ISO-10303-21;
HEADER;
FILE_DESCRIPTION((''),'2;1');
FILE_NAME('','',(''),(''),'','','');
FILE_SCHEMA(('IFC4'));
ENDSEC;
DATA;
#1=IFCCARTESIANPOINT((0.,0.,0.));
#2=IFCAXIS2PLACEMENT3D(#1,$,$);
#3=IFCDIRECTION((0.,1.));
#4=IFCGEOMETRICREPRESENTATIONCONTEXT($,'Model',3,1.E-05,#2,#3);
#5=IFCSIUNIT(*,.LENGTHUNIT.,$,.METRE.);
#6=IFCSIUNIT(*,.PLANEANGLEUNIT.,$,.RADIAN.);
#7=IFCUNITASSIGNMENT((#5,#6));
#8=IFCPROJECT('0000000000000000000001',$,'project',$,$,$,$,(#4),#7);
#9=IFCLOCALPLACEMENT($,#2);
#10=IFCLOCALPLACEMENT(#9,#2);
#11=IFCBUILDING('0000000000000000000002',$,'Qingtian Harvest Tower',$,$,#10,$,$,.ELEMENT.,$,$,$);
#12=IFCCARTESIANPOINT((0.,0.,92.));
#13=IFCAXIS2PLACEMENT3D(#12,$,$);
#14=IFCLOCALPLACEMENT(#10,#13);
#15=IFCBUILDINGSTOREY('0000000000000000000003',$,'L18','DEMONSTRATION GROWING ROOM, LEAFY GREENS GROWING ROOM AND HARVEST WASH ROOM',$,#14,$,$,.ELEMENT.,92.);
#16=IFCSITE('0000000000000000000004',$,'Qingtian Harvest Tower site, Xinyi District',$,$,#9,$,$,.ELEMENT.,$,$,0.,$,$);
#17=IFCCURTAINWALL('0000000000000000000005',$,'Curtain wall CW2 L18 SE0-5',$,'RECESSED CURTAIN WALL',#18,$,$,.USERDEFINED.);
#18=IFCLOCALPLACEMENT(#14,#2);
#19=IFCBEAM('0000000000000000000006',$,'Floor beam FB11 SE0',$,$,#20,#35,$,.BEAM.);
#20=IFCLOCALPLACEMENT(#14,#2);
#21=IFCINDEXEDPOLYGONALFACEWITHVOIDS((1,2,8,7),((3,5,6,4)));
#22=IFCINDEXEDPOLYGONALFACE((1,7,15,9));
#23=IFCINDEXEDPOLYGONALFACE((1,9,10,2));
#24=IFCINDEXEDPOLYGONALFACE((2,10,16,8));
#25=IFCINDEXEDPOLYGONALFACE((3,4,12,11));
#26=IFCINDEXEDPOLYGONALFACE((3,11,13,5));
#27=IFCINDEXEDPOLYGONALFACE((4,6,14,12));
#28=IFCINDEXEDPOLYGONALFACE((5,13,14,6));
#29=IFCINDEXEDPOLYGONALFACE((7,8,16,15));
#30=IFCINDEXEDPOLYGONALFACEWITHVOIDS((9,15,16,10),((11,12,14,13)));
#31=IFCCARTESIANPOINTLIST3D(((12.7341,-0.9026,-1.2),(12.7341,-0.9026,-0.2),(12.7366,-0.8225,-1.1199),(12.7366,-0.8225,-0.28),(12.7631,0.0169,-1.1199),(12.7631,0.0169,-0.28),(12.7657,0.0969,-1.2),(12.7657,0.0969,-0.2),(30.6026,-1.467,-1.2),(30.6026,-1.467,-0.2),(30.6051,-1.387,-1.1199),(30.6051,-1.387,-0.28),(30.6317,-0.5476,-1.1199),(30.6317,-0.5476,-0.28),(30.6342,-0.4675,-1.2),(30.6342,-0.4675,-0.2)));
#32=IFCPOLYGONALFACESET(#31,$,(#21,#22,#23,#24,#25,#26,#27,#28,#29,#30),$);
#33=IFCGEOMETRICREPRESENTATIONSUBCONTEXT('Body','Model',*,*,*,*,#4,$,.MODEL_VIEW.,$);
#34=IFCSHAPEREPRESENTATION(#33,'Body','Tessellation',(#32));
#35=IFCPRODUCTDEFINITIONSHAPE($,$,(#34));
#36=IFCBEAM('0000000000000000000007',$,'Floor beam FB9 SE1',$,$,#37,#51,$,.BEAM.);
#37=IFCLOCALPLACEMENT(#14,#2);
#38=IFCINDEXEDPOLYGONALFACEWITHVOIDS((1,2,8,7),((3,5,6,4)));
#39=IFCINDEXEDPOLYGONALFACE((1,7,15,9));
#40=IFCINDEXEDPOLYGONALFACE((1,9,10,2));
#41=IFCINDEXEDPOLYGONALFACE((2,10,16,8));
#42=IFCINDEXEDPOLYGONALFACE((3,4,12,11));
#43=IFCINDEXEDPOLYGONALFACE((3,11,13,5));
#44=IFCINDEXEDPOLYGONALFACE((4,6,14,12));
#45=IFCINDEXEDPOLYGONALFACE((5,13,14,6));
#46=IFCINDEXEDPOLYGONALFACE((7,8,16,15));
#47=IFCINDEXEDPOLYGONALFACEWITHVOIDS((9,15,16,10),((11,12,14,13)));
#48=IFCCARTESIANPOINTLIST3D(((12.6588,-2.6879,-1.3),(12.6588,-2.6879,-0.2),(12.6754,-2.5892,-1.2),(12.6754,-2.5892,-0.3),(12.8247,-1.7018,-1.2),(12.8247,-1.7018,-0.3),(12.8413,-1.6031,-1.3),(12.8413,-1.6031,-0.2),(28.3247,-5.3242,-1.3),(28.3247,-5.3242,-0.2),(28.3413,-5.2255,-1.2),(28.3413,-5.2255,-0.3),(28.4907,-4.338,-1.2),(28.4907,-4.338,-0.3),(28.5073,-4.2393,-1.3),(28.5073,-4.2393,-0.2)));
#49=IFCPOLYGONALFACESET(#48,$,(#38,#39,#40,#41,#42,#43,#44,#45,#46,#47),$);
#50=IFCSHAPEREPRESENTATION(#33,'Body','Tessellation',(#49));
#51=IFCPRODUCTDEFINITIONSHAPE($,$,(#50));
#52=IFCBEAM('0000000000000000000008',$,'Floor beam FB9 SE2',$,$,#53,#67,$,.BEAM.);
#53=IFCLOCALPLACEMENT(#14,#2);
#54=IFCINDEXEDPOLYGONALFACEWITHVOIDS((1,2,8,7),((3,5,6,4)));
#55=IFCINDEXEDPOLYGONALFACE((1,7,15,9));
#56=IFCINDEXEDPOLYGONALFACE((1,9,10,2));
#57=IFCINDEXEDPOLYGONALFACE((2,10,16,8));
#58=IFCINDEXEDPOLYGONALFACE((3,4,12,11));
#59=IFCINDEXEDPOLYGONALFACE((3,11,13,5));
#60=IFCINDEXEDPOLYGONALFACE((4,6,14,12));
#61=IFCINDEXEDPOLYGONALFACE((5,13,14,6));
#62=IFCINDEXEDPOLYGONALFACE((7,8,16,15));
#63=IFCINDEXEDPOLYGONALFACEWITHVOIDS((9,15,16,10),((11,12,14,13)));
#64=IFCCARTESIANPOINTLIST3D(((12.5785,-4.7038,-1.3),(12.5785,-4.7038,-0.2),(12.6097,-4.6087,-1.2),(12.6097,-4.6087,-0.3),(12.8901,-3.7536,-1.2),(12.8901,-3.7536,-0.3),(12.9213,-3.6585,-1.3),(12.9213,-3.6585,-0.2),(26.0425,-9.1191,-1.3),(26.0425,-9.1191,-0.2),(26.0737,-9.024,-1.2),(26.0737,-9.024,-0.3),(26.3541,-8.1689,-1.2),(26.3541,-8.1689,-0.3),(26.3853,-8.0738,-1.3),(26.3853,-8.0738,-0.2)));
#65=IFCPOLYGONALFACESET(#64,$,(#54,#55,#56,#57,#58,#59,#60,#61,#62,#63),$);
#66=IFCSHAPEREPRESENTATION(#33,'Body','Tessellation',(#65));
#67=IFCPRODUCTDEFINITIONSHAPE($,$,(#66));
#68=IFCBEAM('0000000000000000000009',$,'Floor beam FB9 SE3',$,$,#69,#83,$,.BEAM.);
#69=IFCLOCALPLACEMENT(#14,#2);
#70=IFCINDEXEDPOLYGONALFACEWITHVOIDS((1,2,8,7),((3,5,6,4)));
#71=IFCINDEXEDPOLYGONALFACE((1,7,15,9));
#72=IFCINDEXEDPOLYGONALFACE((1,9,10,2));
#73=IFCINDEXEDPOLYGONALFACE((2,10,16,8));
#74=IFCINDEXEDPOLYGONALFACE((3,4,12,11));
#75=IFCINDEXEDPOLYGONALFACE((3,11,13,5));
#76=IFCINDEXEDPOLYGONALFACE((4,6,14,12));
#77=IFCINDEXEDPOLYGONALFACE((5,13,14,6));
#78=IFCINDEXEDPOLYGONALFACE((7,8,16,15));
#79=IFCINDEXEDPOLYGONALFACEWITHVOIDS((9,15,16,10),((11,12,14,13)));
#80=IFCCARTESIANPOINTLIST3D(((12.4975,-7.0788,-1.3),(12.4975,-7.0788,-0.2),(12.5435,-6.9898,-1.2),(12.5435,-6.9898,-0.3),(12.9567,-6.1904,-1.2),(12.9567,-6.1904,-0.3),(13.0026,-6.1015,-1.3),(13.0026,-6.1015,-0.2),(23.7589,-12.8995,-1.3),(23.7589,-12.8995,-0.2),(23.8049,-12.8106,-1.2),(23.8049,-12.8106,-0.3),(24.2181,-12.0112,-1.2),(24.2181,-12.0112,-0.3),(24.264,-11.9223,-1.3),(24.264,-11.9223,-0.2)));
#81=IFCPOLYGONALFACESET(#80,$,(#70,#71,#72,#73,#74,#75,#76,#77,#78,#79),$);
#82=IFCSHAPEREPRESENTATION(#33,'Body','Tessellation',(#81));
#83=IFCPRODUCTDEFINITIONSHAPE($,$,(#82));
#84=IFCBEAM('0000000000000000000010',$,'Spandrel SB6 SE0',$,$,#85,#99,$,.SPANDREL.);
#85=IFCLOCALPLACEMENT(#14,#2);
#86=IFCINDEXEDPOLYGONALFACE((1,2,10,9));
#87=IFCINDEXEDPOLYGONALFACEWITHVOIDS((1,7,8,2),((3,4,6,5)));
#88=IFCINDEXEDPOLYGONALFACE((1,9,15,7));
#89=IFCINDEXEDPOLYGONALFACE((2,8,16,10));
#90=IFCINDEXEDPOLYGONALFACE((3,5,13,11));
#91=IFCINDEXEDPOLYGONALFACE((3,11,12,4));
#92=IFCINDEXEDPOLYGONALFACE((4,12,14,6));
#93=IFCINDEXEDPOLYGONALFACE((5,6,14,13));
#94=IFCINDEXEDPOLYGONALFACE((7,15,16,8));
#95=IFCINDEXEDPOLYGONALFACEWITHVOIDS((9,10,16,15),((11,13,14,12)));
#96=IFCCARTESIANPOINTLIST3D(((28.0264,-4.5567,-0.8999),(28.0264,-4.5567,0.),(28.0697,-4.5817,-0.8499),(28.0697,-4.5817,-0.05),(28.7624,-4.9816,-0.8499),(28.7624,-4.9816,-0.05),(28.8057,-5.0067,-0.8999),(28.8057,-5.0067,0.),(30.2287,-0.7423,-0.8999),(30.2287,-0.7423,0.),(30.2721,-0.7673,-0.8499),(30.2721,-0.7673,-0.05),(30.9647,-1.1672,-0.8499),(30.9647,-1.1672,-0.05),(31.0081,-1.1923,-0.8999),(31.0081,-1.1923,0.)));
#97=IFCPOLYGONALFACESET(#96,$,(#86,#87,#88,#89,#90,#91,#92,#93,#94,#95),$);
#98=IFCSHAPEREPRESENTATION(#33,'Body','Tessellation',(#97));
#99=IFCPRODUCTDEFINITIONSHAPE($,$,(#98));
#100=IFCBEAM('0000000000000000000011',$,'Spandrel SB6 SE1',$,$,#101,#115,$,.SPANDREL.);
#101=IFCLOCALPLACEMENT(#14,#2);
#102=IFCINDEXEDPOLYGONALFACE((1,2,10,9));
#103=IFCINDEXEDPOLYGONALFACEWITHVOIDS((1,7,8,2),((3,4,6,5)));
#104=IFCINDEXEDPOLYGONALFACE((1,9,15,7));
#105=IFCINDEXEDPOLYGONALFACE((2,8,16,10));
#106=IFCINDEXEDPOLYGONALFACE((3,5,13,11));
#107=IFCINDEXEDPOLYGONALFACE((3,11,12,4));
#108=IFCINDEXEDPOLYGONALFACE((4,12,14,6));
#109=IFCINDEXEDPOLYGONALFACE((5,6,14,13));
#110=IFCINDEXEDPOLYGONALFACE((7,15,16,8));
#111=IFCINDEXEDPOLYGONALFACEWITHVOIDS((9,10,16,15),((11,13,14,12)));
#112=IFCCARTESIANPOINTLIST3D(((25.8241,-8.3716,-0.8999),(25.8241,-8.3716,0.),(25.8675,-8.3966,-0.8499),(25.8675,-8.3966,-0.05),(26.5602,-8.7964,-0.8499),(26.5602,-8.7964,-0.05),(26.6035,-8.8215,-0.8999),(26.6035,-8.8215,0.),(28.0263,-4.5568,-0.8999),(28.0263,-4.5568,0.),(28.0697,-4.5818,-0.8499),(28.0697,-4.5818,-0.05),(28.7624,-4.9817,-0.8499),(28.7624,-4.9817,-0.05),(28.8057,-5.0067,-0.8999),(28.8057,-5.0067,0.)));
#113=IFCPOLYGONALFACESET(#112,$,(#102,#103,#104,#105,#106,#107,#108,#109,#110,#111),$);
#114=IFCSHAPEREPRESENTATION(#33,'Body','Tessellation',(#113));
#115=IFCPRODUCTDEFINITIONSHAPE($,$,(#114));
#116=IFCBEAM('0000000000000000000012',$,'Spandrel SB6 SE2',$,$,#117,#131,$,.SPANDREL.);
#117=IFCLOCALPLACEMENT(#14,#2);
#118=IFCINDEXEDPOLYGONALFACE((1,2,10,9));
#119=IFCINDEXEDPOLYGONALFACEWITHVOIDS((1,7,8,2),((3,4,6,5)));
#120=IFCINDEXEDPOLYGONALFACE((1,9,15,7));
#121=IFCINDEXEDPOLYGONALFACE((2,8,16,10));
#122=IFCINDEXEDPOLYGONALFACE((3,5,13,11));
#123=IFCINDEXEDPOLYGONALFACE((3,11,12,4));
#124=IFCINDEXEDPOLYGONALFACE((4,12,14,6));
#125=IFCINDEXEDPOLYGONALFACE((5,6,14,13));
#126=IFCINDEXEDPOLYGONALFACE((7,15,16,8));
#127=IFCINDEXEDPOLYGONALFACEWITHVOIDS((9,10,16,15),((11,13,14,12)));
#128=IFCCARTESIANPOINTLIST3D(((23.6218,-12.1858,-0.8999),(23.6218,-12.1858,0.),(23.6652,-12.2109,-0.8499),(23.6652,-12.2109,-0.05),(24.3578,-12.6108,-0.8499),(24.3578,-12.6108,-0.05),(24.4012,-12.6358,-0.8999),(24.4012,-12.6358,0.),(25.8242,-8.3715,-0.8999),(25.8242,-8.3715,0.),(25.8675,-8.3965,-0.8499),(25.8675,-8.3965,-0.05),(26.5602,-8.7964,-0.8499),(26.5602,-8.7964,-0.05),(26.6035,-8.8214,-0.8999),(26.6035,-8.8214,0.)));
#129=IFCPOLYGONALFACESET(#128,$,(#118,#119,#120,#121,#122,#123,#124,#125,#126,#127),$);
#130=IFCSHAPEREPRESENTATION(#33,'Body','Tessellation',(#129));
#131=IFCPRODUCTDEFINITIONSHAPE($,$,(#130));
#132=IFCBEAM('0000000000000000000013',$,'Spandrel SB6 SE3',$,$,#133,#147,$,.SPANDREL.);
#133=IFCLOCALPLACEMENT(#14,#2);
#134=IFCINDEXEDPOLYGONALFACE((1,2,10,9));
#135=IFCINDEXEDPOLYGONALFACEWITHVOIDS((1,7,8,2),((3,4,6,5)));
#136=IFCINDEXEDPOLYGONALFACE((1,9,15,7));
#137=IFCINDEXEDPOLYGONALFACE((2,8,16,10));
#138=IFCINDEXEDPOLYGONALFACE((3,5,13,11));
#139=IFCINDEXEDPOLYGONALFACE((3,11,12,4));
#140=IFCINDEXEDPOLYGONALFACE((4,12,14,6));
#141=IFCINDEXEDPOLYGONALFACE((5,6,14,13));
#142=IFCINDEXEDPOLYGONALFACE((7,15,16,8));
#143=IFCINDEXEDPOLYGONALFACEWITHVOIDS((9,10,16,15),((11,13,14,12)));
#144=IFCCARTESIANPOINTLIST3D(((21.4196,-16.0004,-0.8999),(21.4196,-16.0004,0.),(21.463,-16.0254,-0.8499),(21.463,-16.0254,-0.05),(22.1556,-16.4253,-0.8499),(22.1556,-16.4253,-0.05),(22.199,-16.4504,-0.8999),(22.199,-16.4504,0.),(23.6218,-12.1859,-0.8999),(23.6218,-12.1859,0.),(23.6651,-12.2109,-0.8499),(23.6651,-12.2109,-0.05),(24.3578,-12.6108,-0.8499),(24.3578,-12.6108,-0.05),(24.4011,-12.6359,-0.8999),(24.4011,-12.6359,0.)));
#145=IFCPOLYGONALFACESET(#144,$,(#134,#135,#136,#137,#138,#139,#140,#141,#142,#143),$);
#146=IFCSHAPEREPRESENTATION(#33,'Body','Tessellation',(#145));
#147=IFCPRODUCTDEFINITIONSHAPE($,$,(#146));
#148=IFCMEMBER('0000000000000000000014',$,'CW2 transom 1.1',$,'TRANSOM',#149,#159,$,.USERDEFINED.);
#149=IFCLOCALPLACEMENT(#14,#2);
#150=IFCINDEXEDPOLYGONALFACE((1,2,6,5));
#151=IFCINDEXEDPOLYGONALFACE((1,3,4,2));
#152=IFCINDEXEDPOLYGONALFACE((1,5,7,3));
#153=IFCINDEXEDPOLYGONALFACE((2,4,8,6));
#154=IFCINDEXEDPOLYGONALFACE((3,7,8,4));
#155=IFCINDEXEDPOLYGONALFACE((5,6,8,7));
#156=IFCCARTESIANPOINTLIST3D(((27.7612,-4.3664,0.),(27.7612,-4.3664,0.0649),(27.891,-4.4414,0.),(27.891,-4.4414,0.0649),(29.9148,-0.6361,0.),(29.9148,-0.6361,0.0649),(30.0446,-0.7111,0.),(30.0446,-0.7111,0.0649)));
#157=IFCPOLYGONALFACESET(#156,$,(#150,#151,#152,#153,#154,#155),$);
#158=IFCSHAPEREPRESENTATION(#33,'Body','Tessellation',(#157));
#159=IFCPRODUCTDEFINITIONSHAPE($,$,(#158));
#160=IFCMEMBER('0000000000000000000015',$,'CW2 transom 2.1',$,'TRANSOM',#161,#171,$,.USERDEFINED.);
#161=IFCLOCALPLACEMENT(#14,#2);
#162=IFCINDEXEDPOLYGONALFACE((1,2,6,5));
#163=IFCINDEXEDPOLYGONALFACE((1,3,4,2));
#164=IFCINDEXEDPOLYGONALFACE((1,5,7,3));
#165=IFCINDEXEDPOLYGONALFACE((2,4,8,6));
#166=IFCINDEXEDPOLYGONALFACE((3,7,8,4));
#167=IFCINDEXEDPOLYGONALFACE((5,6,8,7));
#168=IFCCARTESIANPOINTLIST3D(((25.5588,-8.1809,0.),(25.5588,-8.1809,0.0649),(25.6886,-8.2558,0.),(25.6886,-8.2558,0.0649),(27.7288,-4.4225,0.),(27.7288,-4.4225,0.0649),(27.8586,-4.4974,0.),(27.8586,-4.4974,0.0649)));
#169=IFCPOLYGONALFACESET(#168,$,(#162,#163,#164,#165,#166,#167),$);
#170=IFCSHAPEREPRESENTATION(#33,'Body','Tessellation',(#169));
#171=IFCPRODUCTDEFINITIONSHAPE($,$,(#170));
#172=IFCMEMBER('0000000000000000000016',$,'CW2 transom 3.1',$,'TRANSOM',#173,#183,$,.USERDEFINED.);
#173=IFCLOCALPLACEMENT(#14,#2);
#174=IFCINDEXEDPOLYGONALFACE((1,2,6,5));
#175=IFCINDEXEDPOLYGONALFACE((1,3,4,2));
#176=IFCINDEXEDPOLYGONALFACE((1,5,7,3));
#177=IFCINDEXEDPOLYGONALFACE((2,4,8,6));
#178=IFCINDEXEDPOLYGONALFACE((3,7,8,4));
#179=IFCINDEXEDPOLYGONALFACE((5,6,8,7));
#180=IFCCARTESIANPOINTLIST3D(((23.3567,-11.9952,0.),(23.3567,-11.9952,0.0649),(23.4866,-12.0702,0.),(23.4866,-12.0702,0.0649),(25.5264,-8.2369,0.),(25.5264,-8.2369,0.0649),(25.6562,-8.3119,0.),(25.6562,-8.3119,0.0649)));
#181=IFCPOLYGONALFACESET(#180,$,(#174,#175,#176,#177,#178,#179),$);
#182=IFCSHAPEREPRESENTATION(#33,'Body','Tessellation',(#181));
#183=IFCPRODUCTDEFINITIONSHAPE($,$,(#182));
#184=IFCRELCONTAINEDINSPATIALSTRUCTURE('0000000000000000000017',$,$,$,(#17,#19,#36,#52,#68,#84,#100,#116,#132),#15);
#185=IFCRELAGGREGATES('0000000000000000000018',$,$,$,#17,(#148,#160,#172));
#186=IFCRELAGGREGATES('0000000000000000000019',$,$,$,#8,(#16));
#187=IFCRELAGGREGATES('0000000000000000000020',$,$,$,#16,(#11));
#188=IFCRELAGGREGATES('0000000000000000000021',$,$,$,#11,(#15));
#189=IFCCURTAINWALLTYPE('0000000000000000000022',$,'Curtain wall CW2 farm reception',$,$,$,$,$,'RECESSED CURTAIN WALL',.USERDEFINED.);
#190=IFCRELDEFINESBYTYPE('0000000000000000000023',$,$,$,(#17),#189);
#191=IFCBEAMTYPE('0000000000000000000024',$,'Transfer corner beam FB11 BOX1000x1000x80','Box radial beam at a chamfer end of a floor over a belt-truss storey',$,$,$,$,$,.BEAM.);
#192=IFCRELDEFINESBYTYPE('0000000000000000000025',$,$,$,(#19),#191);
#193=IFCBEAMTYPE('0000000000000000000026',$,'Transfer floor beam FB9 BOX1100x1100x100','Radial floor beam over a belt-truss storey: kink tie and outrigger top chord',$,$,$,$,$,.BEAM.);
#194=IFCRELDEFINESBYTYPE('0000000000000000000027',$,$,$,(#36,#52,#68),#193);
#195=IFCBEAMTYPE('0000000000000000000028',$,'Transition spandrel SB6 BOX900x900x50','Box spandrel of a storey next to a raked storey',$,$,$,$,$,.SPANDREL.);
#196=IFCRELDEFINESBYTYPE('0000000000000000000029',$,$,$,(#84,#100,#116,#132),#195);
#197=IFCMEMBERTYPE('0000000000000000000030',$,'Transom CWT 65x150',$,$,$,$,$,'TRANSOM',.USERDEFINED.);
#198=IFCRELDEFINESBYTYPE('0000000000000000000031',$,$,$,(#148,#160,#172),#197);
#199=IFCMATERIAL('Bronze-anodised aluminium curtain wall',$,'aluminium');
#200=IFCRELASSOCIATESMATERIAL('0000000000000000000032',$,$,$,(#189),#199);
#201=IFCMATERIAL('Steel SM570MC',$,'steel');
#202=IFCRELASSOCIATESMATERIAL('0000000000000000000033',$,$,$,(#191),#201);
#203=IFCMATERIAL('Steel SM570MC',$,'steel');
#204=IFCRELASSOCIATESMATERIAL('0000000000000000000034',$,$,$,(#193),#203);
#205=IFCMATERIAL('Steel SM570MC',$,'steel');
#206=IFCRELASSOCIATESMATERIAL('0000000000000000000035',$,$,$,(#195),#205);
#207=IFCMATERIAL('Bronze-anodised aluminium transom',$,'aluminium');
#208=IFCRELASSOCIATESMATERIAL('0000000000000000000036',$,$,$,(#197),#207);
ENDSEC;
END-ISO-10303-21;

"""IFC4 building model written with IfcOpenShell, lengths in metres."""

from ifc_helpers import new_model, si_unit, direction, frame, origin, origin_2d, place, context, subcontext, project, spatial, rectangle, hollow_rectangle, extrude, material, material_profile, profile_set, type_object, element, aggregate, save


model = new_model("IFC4")

# Units and contexts
model_context = context("Model", 3, precision=1e-05, world=origin(), true_north=direction((0.0, 1.0)))
body_context = subcontext(model_context, "Body", "Model", "MODEL_VIEW")
ifc_project = project(units=[si_unit("LENGTHUNIT", "METRE"), si_unit("PLANEANGLEUNIT", "RADIAN")], contexts=[model_context])

# Site, building, storey
site_placement = place(None, origin())
site = spatial("IfcSite", under=ifc_project, at=site_placement, Name="Qingtian Harvest Tower site, Xinyi District", CompositionType="ELEMENT", RefElevation=0.0)
building_placement = place(site_placement, origin())
building = spatial("IfcBuilding", under=site, at=building_placement, Name="Qingtian Harvest Tower", CompositionType="ELEMENT")
storey_placement = place(building_placement, frame((0.0, 0.0, 92.0)))
storey = spatial("IfcBuildingStorey", under=building, at=storey_placement, Name="L18", Description="DEMONSTRATION GROWING ROOM, LEAFY GREENS GROWING ROOM AND HARVEST WASH ROOM", CompositionType="ELEMENT", Elevation=92.0)

# Shared definitions
ifc_material_1 = material(Name="Bronze-anodised aluminium curtain wall", Category="aluminium")
curtain_wall_type = type_object("IfcCurtainWallType", Name="Curtain wall CW2 farm reception", ElementType="RECESSED CURTAIN WALL", PredefinedType="USERDEFINED", material=ifc_material_1)

# Curtain wall
curtain_wall_1_placement = place(storey_placement, origin())
curtain_wall_1 = element("IfcCurtainWall", 1, at=curtain_wall_1_placement, inside=storey, type_object=curtain_wall_type, Name="Curtain wall CW2 L18 SE0-5", ObjectType="RECESSED CURTAIN WALL", PredefinedType="USERDEFINED")

# Beams
ifc_material_2 = material(Name="Steel SM570MC", Category="steel")
ifc_material_profile_1 = material_profile(ifc_material_2, hollow_rectangle(XDim=1.0, YDim=1.0, WallThickness=0.0801, at=origin_2d()), Name="BOX1000x1000x80")
ifc_profile_set_1 = profile_set([ifc_material_profile_1], Name="Steel SM570MC")
beam_type_1 = type_object("IfcBeamType", Name="Transfer corner beam FB11 BOX1000x1000x80", Description="Box radial beam at a chamfer end of a floor over a belt-truss storey", PredefinedType="BEAM", material=ifc_profile_set_1)
beam_1_placement = place(storey_placement, frame((30.6184, -0.9673, -0.7), z_axis=(-0.999501, 0.031574, 0.0), x_axis=(-0.031574, -0.999501, 0.0)))
element("IfcBeam", 2, at=beam_1_placement, inside=storey, type_object=beam_type_1, Name="Floor beam FB11 SE0", PredefinedType="BEAM", context=body_context, shape_type="SweptSolid", body=[
    extrude(hollow_rectangle(XDim=1.0, YDim=1.0, WallThickness=0.0801, at=origin_2d()), origin(), (0.0, 0.0, 1.0), 17.8774),
])
ifc_material_3 = material(Name="Steel SM570MC", Category="steel")
ifc_material_profile_2 = material_profile(ifc_material_3, hollow_rectangle(XDim=1.1001, YDim=1.1001, WallThickness=0.1001, at=origin_2d()), Name="BOX1100x1100x100")
ifc_profile_set_2 = profile_set([ifc_material_profile_2], Name="Steel SM570MC")
beam_type_2 = type_object("IfcBeamType", Name="Transfer floor beam FB9 BOX1100x1100x100", Description="Radial floor beam over a belt-truss storey: kink tie and outrigger top chord", PredefinedType="BEAM", material=ifc_profile_set_2)
beam_2_placement = place(storey_placement, frame((28.416, -4.7817, -0.75), z_axis=(-0.986135, 0.165944, 0.0), x_axis=(-0.165944, -0.986135, 0.0)))
element("IfcBeam", 3, at=beam_2_placement, inside=storey, type_object=beam_type_2, Name="Floor beam FB9 SE1", PredefinedType="BEAM", context=body_context, shape_type="SweptSolid", body=[
    extrude(hollow_rectangle(XDim=1.1001, YDim=1.1001, WallThickness=0.1001, at=origin_2d()), origin(), (0.0, 0.0, 1.0), 15.8862),
])
beam_3_placement = place(storey_placement, frame((26.2139, -8.5964, -0.75), z_axis=(-0.950211, 0.311608, 0.0), x_axis=(-0.311608, -0.950211, 0.0)))
element("IfcBeam", 4, at=beam_3_placement, inside=storey, type_object=beam_type_2, Name="Floor beam FB9 SE2", PredefinedType="BEAM", context=body_context, shape_type="SweptSolid", body=[
    extrude(hollow_rectangle(XDim=1.1001, YDim=1.1001, WallThickness=0.1001, at=origin_2d()), origin(), (0.0, 0.0, 1.0), 14.1694),
])
beam_4_placement = place(storey_placement, frame((24.0115, -12.4109, -0.75), z_axis=(-0.88835, 0.459168, 0.0), x_axis=(-0.459168, -0.88835, 0.0)))
element("IfcBeam", 5, at=beam_4_placement, inside=storey, type_object=beam_type_2, Name="Floor beam FB9 SE3", PredefinedType="BEAM", context=body_context, shape_type="SweptSolid", body=[
    extrude(hollow_rectangle(XDim=1.1001, YDim=1.1001, WallThickness=0.1001, at=origin_2d()), origin(), (0.0, 0.0, 1.0), 12.6768),
])
ifc_material_4 = material(Name="Steel SM570MC", Category="steel")
ifc_material_profile_3 = material_profile(ifc_material_4, hollow_rectangle(XDim=0.8999, YDim=0.8999, WallThickness=0.05, at=origin_2d()), Name="BOX900x900x50")
ifc_profile_set_3 = profile_set([ifc_material_profile_3], Name="Steel SM570MC")
beam_type_3 = type_object("IfcBeamType", Name="Transition spandrel SB6 BOX900x900x50", Description="Box spandrel of a storey next to a raked storey", PredefinedType="SPANDREL", material=ifc_profile_set_3)
beam_5_placement = place(storey_placement, frame((30.6184, -0.9673, -0.45), z_axis=(-0.50002, -0.866014, 0.0), x_axis=(0.866014, -0.50002, 0.0)))
element("IfcBeam", 6, at=beam_5_placement, inside=storey, type_object=beam_type_3, Name="Spandrel SB6 SE0", PredefinedType="SPANDREL", context=body_context, shape_type="SweptSolid", body=[
    extrude(hollow_rectangle(XDim=0.8999, YDim=0.8999, WallThickness=0.05, at=origin_2d()), origin(), (0.0, 0.0, 1.0), 4.4045),
])
beam_6_placement = place(storey_placement, frame((28.416, -4.7817, -0.45), z_axis=(-0.499954, -0.866052, 0.0), x_axis=(0.866052, -0.499954, 0.0)))
element("IfcBeam", 7, at=beam_6_placement, inside=storey, type_object=beam_type_3, Name="Spandrel SB6 SE1", PredefinedType="SPANDREL", context=body_context, shape_type="SweptSolid", body=[
    extrude(hollow_rectangle(XDim=0.8999, YDim=0.8999, WallThickness=0.05, at=origin_2d()), origin(), (0.0, 0.0, 1.0), 4.4048),
])
for number, where, z_axis, x_axis, name in (
    (8, (26.2139, -8.5964, -0.45), (-0.50002, -0.866014, 0.0), (0.866014, -0.50002, 0.0), "Spandrel SB6 SE2"),
    (9, (24.0115, -12.4109, -0.45), (-0.499978, -0.866038, 0.0), (0.866038, -0.499978, 0.0), "Spandrel SB6 SE3"),
):
    element("IfcBeam", number, at=place(storey_placement, frame(where, z_axis=z_axis, x_axis=x_axis)), inside=storey, type_object=beam_type_3, Name=name, PredefinedType="SPANDREL", context=body_context, shape_type="SweptSolid", body=[
        extrude(hollow_rectangle(XDim=0.8999, YDim=0.8999, WallThickness=0.05, at=origin_2d()), origin(), (0.0, 0.0, 1.0), 4.4045),
    ])

# Members
ifc_material_5 = material(Name="Bronze-anodised aluminium transom", Category="aluminium")
ifc_material_profile_4 = material_profile(ifc_material_5, rectangle(XDim=0.1499, YDim=0.0649, at=origin_2d()), Name="AL 65x150")
ifc_profile_set_4 = profile_set([ifc_material_profile_4], Name="Bronze-anodised aluminium transom")
member_type_1 = type_object("IfcMemberType", Name="Transom CWT 65x150", ElementType="TRANSOM", PredefinedType="USERDEFINED", material=ifc_profile_set_4)
member_1_placement = place(storey_placement, frame((29.9797, -0.6736, 0.0325), z_axis=(-0.499986, -0.866034, 0.0), x_axis=(0.866034, -0.499986, 0.0)))
member_1 = element("IfcMember", 10, at=member_1_placement, type_object=member_type_1, Name="CW2 transom 1.1", ObjectType="TRANSOM", PredefinedType="USERDEFINED", context=body_context, shape_type="SweptSolid", body=[
    extrude(rectangle(XDim=0.1499, YDim=0.0649, at=origin_2d()), origin(), (0.0, 0.0, 1.0), 4.3074),
])
member_2_placement = place(storey_placement, frame((27.7937, -4.46, 0.0325), z_axis=(-0.500011, -0.866019, 0.0), x_axis=(0.866019, -0.500011, 0.0)))
member_2 = element("IfcMember", 11, at=member_2_placement, type_object=member_type_1, Name="CW2 transom 2.1", ObjectType="TRANSOM", PredefinedType="USERDEFINED", context=body_context, shape_type="SweptSolid", body=[
    extrude(rectangle(XDim=0.1499, YDim=0.0649, at=origin_2d()), origin(), (0.0, 0.0, 1.0), 4.3398),
])
member_3_placement = place(storey_placement, frame((25.5913, -8.2744, 0.0325), z_axis=(-0.499969, -0.866043, 0.0), x_axis=(0.866043, -0.499969, 0.0)))
member_3 = element("IfcMember", 12, at=member_3_placement, type_object=member_type_1, Name="CW2 transom 3.1", ObjectType="TRANSOM", PredefinedType="USERDEFINED", context=body_context, shape_type="SweptSolid", body=[
    extrude(rectangle(XDim=0.1499, YDim=0.0649, at=origin_2d()), origin(), (0.0, 0.0, 1.0), 4.3396),
])

aggregate(curtain_wall_1, [member_1, member_2, member_3])

save(model, "model.ifc")
